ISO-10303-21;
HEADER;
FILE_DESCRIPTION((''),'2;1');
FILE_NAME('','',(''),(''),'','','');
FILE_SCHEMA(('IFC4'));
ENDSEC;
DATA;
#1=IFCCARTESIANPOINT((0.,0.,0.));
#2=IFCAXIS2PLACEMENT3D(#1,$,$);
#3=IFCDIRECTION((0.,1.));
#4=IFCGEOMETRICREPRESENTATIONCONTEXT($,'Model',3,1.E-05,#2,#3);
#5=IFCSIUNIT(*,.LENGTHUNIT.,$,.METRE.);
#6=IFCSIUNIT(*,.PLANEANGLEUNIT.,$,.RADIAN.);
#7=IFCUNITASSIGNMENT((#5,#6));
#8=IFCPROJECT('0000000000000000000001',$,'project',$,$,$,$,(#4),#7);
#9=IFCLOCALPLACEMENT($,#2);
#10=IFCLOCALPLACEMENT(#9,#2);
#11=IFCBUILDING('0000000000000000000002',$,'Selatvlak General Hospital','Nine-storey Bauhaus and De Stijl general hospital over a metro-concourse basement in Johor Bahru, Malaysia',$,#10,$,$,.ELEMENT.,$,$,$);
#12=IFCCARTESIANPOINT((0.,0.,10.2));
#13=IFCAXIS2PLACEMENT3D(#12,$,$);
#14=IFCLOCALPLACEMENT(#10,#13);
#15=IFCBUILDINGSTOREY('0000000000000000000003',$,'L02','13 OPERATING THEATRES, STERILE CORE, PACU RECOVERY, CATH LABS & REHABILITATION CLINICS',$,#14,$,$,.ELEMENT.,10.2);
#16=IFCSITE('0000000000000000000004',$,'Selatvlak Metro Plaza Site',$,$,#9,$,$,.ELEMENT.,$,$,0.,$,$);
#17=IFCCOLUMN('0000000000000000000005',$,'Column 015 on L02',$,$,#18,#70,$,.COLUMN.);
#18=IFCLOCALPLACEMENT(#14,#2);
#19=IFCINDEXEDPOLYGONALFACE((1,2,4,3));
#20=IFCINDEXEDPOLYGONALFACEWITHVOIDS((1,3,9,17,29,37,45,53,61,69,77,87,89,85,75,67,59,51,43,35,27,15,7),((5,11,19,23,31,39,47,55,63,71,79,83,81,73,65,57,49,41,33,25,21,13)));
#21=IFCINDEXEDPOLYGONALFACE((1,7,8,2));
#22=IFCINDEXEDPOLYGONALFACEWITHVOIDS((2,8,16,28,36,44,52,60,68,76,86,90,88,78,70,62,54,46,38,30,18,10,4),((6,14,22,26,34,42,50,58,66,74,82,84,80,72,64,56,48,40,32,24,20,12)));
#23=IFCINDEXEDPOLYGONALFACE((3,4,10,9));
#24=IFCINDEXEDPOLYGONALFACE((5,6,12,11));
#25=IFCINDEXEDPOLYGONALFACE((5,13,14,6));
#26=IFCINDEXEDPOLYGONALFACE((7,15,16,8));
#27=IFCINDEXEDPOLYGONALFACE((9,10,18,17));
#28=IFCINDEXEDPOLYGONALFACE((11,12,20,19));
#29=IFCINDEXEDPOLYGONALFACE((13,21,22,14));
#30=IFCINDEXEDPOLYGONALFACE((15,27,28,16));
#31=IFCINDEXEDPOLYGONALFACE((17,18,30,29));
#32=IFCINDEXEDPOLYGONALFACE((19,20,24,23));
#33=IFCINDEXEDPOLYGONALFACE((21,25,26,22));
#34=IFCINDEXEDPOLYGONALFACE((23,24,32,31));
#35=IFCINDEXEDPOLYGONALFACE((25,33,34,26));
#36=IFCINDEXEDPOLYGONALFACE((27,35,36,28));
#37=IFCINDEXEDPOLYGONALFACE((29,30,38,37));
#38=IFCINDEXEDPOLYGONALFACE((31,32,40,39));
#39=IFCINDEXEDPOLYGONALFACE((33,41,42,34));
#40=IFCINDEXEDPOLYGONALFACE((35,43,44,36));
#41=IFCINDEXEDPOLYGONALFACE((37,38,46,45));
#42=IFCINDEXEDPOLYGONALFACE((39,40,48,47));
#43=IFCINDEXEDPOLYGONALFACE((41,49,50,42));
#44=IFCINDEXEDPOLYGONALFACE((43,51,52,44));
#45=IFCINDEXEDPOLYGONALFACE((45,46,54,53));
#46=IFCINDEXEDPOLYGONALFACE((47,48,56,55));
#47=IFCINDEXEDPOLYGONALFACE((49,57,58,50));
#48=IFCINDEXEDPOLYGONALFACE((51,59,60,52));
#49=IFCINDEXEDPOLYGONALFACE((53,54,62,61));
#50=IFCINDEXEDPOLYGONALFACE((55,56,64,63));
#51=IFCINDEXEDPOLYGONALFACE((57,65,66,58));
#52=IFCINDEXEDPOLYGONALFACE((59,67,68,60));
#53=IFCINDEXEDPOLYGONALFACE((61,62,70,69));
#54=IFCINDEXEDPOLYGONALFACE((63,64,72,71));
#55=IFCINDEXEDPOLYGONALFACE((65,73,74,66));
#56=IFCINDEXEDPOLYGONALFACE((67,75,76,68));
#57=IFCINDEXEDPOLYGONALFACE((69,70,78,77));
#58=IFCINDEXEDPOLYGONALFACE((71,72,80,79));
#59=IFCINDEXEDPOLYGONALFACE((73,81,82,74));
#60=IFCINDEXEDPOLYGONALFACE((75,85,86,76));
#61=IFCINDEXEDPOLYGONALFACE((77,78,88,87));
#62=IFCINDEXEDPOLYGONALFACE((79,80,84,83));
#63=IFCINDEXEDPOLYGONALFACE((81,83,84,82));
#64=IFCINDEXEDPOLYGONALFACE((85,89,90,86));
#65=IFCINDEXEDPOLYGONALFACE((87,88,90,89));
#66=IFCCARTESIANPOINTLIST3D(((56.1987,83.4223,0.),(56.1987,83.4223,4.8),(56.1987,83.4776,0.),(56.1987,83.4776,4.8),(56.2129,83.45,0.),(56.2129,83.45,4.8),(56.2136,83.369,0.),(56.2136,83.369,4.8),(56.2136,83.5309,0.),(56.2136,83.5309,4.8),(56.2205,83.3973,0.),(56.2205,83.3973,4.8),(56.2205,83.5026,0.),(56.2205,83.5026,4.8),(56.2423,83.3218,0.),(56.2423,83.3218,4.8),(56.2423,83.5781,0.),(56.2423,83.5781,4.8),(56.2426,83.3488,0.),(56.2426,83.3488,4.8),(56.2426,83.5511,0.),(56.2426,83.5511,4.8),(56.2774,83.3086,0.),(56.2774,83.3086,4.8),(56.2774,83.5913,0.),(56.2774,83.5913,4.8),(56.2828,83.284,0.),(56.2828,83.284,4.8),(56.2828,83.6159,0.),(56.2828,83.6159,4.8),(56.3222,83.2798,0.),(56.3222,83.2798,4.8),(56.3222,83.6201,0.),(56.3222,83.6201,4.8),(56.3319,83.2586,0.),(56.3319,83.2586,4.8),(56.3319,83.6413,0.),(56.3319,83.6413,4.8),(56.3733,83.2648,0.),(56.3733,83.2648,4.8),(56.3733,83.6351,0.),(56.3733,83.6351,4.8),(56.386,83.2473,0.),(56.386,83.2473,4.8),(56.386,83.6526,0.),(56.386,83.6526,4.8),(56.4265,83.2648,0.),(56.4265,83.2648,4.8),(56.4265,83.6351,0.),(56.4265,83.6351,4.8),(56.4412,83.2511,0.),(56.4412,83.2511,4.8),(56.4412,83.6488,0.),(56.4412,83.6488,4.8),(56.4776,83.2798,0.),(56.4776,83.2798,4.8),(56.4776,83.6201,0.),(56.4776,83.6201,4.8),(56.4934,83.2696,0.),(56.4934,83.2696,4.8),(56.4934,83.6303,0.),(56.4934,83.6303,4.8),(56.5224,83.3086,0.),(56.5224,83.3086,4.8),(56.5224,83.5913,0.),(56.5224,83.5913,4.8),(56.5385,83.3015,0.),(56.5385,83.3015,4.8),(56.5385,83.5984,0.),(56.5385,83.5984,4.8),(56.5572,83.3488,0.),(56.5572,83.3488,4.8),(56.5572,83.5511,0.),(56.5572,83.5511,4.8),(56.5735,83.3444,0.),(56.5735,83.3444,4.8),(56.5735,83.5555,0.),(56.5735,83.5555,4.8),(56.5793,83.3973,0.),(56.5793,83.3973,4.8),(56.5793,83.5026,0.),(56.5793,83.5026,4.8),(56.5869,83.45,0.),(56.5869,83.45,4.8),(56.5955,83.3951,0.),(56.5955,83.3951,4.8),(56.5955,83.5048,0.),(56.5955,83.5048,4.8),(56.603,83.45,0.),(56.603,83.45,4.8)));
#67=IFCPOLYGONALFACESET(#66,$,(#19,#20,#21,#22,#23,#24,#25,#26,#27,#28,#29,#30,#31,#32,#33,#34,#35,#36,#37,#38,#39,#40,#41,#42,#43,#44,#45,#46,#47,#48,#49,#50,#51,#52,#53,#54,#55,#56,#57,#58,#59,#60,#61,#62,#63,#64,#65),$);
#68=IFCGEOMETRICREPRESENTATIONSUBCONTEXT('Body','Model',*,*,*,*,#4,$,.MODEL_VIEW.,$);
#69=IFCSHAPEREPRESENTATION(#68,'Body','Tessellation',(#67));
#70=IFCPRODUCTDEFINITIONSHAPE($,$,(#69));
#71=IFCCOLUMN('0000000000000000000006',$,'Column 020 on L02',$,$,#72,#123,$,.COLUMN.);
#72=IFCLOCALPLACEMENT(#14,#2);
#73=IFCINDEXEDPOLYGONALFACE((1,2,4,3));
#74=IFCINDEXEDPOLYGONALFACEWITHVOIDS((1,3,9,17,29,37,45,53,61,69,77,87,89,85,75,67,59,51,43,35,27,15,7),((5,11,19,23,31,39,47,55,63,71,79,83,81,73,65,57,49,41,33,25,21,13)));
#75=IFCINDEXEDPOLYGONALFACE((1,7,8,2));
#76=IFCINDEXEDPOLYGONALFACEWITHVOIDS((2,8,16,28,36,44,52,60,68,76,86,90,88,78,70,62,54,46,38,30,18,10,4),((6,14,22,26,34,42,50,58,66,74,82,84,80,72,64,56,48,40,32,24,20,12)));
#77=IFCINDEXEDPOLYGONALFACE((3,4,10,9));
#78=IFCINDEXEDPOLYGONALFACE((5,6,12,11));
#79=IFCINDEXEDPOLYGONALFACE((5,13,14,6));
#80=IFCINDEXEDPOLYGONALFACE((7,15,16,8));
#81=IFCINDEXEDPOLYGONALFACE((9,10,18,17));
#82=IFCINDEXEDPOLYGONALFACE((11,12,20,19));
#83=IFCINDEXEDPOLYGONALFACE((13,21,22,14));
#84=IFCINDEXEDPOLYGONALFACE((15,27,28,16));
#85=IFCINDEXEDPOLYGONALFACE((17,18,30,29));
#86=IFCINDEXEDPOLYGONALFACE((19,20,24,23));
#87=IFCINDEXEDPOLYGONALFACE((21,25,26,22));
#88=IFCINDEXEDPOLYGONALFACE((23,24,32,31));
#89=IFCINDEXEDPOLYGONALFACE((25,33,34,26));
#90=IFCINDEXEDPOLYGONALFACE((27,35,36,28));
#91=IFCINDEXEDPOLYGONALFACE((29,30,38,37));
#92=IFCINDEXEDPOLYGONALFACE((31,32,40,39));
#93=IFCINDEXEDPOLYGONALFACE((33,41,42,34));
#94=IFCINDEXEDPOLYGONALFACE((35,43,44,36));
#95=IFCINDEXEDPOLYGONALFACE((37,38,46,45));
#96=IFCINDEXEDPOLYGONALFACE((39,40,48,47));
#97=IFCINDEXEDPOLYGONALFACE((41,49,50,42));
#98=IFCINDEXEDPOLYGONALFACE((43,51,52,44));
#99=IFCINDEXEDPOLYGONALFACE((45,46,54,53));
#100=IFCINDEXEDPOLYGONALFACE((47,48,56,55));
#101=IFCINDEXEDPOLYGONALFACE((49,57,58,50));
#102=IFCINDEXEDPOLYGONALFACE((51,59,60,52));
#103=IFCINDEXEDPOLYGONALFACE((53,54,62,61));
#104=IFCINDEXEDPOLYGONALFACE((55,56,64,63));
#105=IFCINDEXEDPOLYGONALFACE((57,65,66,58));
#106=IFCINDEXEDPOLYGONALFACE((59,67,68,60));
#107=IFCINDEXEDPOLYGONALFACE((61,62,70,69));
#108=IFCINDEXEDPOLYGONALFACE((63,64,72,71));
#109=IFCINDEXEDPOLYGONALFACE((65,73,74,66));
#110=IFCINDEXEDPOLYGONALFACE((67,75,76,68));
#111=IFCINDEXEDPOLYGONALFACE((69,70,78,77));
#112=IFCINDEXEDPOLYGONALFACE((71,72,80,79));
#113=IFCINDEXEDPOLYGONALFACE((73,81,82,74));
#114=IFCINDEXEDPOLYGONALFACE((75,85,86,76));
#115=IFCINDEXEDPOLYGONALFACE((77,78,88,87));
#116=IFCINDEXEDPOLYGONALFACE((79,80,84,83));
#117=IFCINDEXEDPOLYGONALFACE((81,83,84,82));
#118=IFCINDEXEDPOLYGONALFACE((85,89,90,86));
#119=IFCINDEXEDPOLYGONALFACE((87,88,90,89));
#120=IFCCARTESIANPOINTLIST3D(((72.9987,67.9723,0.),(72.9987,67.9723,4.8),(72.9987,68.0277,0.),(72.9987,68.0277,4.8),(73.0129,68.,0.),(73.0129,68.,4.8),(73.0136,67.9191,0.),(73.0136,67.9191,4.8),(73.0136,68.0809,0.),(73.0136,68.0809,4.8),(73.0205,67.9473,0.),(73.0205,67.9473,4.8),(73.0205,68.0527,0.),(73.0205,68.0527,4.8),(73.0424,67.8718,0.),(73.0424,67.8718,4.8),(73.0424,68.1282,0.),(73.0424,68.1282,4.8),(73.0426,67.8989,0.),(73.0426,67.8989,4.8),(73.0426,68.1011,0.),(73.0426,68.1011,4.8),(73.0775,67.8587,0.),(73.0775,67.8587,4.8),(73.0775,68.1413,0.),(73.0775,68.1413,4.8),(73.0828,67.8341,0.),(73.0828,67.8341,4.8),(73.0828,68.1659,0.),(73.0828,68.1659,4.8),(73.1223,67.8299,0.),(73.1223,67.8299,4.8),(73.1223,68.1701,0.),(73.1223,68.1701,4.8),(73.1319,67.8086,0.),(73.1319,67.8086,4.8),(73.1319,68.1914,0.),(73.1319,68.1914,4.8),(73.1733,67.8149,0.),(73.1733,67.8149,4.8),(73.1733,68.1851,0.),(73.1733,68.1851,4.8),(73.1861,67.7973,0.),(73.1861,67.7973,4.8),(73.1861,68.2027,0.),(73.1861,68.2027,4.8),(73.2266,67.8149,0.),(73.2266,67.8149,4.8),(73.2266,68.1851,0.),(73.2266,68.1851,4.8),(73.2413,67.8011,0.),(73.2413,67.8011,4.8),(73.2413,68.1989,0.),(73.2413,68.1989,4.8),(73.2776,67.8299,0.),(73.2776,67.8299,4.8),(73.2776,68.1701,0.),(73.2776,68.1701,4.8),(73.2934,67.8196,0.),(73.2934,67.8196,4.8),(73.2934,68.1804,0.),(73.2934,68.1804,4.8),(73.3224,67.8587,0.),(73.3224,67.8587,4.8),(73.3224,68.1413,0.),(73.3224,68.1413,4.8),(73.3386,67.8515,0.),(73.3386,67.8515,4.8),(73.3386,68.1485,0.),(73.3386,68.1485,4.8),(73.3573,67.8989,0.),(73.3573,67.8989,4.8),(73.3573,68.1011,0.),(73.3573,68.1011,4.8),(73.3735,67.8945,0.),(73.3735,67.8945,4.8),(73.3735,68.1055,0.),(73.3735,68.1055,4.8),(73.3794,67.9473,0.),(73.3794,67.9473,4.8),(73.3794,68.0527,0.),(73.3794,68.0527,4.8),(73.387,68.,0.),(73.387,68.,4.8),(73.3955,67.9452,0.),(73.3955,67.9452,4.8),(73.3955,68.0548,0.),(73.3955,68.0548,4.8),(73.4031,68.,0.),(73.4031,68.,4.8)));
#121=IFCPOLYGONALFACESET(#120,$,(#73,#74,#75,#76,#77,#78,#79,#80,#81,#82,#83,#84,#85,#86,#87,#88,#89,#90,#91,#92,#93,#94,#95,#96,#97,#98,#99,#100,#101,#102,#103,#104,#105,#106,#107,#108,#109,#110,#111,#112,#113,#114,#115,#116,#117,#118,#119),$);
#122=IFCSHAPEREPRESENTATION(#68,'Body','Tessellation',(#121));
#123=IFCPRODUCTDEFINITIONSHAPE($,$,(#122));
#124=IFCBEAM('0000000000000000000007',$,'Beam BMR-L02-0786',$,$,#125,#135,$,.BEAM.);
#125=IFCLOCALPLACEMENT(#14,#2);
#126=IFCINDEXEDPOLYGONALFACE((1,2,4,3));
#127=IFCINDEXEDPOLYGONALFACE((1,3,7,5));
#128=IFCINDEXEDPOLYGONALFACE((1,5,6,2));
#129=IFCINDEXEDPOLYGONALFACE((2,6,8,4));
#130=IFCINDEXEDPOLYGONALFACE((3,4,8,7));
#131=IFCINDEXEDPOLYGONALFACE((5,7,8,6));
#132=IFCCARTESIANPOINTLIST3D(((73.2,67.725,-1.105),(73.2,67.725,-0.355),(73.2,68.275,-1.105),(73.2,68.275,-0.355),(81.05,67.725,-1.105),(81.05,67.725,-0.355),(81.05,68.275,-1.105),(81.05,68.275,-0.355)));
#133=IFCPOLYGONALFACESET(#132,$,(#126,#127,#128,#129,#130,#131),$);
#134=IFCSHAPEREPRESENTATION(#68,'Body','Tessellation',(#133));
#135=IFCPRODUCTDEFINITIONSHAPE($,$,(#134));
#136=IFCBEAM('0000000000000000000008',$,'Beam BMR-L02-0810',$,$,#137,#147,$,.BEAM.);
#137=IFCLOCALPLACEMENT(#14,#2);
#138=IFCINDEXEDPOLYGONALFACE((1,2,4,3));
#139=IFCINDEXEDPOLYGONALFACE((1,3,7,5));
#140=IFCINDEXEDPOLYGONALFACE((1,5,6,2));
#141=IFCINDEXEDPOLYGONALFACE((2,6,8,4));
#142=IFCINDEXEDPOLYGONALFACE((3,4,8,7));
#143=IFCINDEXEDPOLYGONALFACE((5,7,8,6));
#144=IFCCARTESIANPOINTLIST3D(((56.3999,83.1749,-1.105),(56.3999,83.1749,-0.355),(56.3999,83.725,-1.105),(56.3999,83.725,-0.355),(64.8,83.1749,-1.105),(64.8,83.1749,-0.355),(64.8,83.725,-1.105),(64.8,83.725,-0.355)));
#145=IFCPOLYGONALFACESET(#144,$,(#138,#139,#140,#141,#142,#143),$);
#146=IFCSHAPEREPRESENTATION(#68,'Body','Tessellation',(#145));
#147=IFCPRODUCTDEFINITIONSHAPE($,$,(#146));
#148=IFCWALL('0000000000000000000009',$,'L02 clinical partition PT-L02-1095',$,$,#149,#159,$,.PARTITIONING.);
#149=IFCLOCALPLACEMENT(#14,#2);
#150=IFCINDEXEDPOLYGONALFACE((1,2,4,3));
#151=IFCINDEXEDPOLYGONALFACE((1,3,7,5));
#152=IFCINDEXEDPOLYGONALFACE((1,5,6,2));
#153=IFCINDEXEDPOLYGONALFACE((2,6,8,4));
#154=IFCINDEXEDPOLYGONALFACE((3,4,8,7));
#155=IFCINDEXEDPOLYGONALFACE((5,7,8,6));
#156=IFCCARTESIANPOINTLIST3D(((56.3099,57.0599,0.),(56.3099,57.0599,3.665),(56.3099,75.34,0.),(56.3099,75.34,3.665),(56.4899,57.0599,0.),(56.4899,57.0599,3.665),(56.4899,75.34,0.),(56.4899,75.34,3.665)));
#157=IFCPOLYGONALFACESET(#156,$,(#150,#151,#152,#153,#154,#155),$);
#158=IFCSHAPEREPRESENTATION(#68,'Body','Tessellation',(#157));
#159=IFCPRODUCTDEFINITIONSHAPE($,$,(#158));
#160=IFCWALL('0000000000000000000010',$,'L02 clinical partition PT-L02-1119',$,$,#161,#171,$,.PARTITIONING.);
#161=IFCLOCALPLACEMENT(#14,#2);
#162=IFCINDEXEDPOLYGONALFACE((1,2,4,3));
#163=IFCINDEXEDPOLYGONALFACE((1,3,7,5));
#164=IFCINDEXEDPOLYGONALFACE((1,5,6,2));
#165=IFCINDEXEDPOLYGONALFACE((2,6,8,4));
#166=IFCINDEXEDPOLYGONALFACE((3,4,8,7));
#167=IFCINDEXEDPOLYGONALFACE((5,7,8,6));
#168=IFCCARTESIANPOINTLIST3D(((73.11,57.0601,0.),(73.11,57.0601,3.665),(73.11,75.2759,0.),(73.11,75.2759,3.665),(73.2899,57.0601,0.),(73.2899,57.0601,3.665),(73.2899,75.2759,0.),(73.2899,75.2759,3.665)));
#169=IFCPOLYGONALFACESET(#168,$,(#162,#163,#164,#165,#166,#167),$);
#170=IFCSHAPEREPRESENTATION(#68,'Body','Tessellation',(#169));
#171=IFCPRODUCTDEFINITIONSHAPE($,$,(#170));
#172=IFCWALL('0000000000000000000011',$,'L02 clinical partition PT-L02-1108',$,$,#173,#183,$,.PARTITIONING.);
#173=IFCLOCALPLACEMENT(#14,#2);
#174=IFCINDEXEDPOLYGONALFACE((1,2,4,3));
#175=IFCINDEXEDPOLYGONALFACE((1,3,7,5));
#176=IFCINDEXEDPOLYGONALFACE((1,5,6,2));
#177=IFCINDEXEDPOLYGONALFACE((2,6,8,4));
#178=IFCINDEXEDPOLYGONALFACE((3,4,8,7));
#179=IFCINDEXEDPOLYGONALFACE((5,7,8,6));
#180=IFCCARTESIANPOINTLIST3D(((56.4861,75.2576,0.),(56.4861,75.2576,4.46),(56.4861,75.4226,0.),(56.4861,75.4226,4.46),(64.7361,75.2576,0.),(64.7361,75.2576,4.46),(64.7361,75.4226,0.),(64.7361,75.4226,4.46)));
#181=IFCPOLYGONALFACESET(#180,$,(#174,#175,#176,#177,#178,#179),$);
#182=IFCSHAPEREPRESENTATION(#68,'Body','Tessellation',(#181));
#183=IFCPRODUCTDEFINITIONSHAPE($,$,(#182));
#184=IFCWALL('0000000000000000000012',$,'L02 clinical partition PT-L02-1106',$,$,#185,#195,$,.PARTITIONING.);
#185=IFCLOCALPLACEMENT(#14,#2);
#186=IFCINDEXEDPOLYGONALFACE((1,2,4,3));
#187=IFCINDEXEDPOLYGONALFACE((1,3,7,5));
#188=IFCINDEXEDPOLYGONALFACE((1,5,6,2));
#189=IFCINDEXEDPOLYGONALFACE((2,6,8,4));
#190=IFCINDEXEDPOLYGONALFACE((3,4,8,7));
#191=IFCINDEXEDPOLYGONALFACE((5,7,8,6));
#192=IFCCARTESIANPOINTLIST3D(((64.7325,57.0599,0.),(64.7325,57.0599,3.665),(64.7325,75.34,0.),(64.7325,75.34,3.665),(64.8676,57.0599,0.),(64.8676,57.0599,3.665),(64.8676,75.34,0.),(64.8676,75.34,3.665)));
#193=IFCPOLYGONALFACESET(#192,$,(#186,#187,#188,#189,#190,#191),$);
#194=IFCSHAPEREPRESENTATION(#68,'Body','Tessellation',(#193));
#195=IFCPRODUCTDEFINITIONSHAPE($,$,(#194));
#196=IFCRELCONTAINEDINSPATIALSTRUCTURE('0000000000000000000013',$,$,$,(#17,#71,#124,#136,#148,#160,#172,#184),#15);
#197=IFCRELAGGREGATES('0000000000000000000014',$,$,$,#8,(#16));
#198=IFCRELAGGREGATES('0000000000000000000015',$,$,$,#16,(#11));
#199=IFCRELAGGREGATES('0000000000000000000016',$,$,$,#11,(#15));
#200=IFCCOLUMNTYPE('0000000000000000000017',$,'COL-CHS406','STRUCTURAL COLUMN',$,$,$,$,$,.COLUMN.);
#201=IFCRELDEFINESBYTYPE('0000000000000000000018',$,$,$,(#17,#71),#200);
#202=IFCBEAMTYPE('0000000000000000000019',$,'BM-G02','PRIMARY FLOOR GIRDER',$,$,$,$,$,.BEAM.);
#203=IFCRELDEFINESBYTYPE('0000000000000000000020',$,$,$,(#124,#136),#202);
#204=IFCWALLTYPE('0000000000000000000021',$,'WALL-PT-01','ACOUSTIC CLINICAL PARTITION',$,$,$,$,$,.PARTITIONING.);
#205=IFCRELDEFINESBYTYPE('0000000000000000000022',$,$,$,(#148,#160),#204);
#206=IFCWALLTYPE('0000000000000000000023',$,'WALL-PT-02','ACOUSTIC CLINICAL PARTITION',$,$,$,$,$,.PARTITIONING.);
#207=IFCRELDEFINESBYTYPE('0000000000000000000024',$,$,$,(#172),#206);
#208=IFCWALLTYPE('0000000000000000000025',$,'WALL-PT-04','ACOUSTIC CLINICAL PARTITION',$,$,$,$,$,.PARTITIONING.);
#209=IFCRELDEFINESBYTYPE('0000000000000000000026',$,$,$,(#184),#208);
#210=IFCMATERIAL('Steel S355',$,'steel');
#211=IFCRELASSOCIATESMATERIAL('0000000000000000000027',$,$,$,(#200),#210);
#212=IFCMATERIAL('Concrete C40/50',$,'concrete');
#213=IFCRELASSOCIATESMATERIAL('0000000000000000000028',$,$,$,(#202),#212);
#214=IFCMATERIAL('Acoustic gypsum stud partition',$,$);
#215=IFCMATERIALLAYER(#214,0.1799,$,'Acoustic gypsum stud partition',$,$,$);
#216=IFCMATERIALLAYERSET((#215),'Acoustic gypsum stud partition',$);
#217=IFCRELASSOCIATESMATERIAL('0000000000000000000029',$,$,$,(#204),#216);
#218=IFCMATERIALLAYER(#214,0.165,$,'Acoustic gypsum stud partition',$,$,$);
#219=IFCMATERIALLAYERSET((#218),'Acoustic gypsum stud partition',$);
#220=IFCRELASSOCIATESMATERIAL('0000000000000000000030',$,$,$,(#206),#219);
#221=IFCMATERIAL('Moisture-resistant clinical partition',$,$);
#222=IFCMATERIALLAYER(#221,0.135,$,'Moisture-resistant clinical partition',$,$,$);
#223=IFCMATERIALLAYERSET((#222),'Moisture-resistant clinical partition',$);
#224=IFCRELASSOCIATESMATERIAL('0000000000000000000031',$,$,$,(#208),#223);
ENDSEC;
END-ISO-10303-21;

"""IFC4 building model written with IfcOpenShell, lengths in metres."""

from ifc_helpers import new_model, si_unit, direction, frame, frame_2d, origin, origin_2d, place, context, subcontext, project, spatial, rectangle, hollow_circle, extrude, material, layer, layer_set, material_profile, profile_set, type_object, element, save


model = new_model("IFC4")

# Units and contexts
model_context = context("Model", 3, precision=1e-05, world=origin(), true_north=direction((0.0, 1.0)))
body_context = subcontext(model_context, "Body", "Model", "MODEL_VIEW")
ifc_project = project(units=[si_unit("LENGTHUNIT", "METRE"), si_unit("PLANEANGLEUNIT", "RADIAN")], contexts=[model_context])

# Site, building, storey
site_placement = place(None, origin())
site = spatial("IfcSite", under=ifc_project, at=site_placement, Name="Selatvlak Metro Plaza Site", CompositionType="ELEMENT", RefElevation=0.0)
building_placement = place(site_placement, origin())
building = spatial("IfcBuilding", under=site, at=building_placement, Name="Selatvlak General Hospital", Description="Nine-storey Bauhaus and De Stijl general hospital over a metro-concourse basement in Johor Bahru, Malaysia", CompositionType="ELEMENT")
storey_placement = place(building_placement, frame((0.0, 0.0, 10.2)))
storey = spatial("IfcBuildingStorey", under=building, at=storey_placement, Name="L02", Description="13 OPERATING THEATRES, STERILE CORE, PACU RECOVERY, CATH LABS & REHABILITATION CLINICS", CompositionType="ELEMENT", Elevation=10.2)

# Columns
ifc_material_1 = material(Name="Steel S355", Category="steel")
ifc_material_profile_1 = material_profile(ifc_material_1, hollow_circle(Radius=0.2031, WallThickness=0.0161, at=origin_2d()), Name="CHS 406.4x16")
ifc_profile_set_1 = profile_set([ifc_material_profile_1], Name="Steel S355")
column_type = type_object("IfcColumnType", Name="COL-CHS406", Description="STRUCTURAL COLUMN", PredefinedType="COLUMN", material=ifc_profile_set_1)
for number, where, z_axis, x_axis, name in (
    (1, (56.3999, 83.45, 0.0), (0.0, 0.0, 1.0), (1.0, 0.0, 0.0), "Column 015 on L02"),
    (2, (73.2, 68.0, 0.0), (0.0, 0.0, 1.0), (1.0, 0.0, 0.0), "Column 020 on L02"),
):
    element("IfcColumn", number, at=place(storey_placement, frame(where, z_axis=z_axis, x_axis=x_axis)), inside=storey, type_object=column_type, Name=name, PredefinedType="COLUMN", context=body_context, shape_type="SweptSolid", body=[
        extrude(hollow_circle(Radius=0.2031, WallThickness=0.0161, at=origin_2d()), origin(), (0.0, 0.0, 1.0), 4.8),
    ])

# Beams
ifc_material_2 = material(Name="Concrete C40/50", Category="concrete")
ifc_material_profile_2 = material_profile(ifc_material_2, rectangle(XDim=0.55, YDim=0.75, at=origin_2d()), Name="RC-BM 550x750")
ifc_profile_set_2 = profile_set([ifc_material_profile_2], Name="Concrete C40/50")
beam_type = type_object("IfcBeamType", Name="BM-G02", Description="PRIMARY FLOOR GIRDER", PredefinedType="BEAM", material=ifc_profile_set_2)
beam_1_placement = place(storey_placement, frame((73.2, 68.0, -0.73), z_axis=(1.0, 0.0, 0.0), x_axis=(0.0, 1.0, 0.0)))
element("IfcBeam", 3, at=beam_1_placement, inside=storey, type_object=beam_type, Name="Beam BMR-L02-0786", PredefinedType="BEAM", context=body_context, shape_type="SweptSolid", body=[
    extrude(rectangle(XDim=0.55, YDim=0.75, at=origin_2d()), origin(), (0.0, 0.0, 1.0), 7.8501),
])
beam_2_placement = place(storey_placement, frame((56.3999, 83.45, -0.73), z_axis=(1.0, 0.0, 0.0), x_axis=(0.0, 1.0, 0.0)))
element("IfcBeam", 4, at=beam_2_placement, inside=storey, type_object=beam_type, Name="Beam BMR-L02-0810", PredefinedType="BEAM", context=body_context, shape_type="SweptSolid", body=[
    extrude(rectangle(XDim=0.55, YDim=0.75, at=origin_2d()), origin(), (0.0, 0.0, 1.0), 8.4001),
])

# Walls
ifc_material_3 = material(Name="Acoustic gypsum stud partition")
ifc_layer_1 = layer(ifc_material_3, 0.1799, Name="Acoustic gypsum stud partition")
ifc_layer_set_1 = layer_set([ifc_layer_1], Name="Acoustic gypsum stud partition")
wall_type_1 = type_object("IfcWallType", Name="WALL-PT-01", Description="ACOUSTIC CLINICAL PARTITION", PredefinedType="PARTITIONING", material=ifc_layer_set_1)
wall_1_placement = place(storey_placement, frame((56.3999, 75.3401, 0.0), z_axis=(0.0, 0.0, 1.0), x_axis=(0.0, -1.0, 0.0)))
element("IfcWall", 5, at=wall_1_placement, inside=storey, type_object=wall_type_1, Name="L02 clinical partition PT-L02-1095", PredefinedType="PARTITIONING", context=body_context, shape_type="SweptSolid", body=[
    extrude(rectangle(XDim=18.28, YDim=0.1799, at=frame_2d((9.1401, 0.0))), origin(), (0.0, 0.0, 1.0), 3.665),
])
wall_2_placement = place(storey_placement, frame((73.2, 75.2759, 0.0), z_axis=(0.0, 0.0, 1.0), x_axis=(0.0, -1.0, 0.0)))
element("IfcWall", 6, at=wall_2_placement, inside=storey, type_object=wall_type_1, Name="L02 clinical partition PT-L02-1119", PredefinedType="PARTITIONING", context=body_context, shape_type="SweptSolid", body=[
    extrude(rectangle(XDim=18.2158, YDim=0.1799, at=frame_2d((9.1079, 0.0))), origin(), (0.0, 0.0, 1.0), 3.665),
])
ifc_layer_2 = layer(ifc_material_3, 0.165, Name="Acoustic gypsum stud partition")
ifc_layer_set_2 = layer_set([ifc_layer_2], Name="Acoustic gypsum stud partition")
wall_type_2 = type_object("IfcWallType", Name="WALL-PT-02", Description="ACOUSTIC CLINICAL PARTITION", PredefinedType="PARTITIONING", material=ifc_layer_set_2)
wall_3_placement = place(storey_placement, frame((56.4861, 75.3401, 0.0), z_axis=(0.0, 0.0, 1.0), x_axis=(1.0, 0.0, 0.0)))
element("IfcWall", 7, at=wall_3_placement, inside=storey, type_object=wall_type_2, Name="L02 clinical partition PT-L02-1108", PredefinedType="PARTITIONING", context=body_context, shape_type="SweptSolid", body=[
    extrude(rectangle(XDim=8.25, YDim=0.165, at=frame_2d((4.125, 0.0))), origin(), (0.0, 0.0, 1.0), 4.46),
])
ifc_material_4 = material(Name="Moisture-resistant clinical partition")
ifc_layer_3 = layer(ifc_material_4, 0.135, Name="Moisture-resistant clinical partition")
ifc_layer_set_3 = layer_set([ifc_layer_3], Name="Moisture-resistant clinical partition")
wall_type_3 = type_object("IfcWallType", Name="WALL-PT-04", Description="ACOUSTIC CLINICAL PARTITION", PredefinedType="PARTITIONING", material=ifc_layer_set_3)
wall_4_placement = place(storey_placement, frame((64.8, 75.3401, 0.0), z_axis=(0.0, 0.0, 1.0), x_axis=(0.0, -1.0, 0.0)))
element("IfcWall", 8, at=wall_4_placement, inside=storey, type_object=wall_type_3, Name="L02 clinical partition PT-L02-1106", PredefinedType="PARTITIONING", context=body_context, shape_type="SweptSolid", body=[
    extrude(rectangle(XDim=18.28, YDim=0.135, at=frame_2d((9.1401, 0.0))), origin(), (0.0, 0.0, 1.0), 3.665),
])

save(model, "model.ifc")
